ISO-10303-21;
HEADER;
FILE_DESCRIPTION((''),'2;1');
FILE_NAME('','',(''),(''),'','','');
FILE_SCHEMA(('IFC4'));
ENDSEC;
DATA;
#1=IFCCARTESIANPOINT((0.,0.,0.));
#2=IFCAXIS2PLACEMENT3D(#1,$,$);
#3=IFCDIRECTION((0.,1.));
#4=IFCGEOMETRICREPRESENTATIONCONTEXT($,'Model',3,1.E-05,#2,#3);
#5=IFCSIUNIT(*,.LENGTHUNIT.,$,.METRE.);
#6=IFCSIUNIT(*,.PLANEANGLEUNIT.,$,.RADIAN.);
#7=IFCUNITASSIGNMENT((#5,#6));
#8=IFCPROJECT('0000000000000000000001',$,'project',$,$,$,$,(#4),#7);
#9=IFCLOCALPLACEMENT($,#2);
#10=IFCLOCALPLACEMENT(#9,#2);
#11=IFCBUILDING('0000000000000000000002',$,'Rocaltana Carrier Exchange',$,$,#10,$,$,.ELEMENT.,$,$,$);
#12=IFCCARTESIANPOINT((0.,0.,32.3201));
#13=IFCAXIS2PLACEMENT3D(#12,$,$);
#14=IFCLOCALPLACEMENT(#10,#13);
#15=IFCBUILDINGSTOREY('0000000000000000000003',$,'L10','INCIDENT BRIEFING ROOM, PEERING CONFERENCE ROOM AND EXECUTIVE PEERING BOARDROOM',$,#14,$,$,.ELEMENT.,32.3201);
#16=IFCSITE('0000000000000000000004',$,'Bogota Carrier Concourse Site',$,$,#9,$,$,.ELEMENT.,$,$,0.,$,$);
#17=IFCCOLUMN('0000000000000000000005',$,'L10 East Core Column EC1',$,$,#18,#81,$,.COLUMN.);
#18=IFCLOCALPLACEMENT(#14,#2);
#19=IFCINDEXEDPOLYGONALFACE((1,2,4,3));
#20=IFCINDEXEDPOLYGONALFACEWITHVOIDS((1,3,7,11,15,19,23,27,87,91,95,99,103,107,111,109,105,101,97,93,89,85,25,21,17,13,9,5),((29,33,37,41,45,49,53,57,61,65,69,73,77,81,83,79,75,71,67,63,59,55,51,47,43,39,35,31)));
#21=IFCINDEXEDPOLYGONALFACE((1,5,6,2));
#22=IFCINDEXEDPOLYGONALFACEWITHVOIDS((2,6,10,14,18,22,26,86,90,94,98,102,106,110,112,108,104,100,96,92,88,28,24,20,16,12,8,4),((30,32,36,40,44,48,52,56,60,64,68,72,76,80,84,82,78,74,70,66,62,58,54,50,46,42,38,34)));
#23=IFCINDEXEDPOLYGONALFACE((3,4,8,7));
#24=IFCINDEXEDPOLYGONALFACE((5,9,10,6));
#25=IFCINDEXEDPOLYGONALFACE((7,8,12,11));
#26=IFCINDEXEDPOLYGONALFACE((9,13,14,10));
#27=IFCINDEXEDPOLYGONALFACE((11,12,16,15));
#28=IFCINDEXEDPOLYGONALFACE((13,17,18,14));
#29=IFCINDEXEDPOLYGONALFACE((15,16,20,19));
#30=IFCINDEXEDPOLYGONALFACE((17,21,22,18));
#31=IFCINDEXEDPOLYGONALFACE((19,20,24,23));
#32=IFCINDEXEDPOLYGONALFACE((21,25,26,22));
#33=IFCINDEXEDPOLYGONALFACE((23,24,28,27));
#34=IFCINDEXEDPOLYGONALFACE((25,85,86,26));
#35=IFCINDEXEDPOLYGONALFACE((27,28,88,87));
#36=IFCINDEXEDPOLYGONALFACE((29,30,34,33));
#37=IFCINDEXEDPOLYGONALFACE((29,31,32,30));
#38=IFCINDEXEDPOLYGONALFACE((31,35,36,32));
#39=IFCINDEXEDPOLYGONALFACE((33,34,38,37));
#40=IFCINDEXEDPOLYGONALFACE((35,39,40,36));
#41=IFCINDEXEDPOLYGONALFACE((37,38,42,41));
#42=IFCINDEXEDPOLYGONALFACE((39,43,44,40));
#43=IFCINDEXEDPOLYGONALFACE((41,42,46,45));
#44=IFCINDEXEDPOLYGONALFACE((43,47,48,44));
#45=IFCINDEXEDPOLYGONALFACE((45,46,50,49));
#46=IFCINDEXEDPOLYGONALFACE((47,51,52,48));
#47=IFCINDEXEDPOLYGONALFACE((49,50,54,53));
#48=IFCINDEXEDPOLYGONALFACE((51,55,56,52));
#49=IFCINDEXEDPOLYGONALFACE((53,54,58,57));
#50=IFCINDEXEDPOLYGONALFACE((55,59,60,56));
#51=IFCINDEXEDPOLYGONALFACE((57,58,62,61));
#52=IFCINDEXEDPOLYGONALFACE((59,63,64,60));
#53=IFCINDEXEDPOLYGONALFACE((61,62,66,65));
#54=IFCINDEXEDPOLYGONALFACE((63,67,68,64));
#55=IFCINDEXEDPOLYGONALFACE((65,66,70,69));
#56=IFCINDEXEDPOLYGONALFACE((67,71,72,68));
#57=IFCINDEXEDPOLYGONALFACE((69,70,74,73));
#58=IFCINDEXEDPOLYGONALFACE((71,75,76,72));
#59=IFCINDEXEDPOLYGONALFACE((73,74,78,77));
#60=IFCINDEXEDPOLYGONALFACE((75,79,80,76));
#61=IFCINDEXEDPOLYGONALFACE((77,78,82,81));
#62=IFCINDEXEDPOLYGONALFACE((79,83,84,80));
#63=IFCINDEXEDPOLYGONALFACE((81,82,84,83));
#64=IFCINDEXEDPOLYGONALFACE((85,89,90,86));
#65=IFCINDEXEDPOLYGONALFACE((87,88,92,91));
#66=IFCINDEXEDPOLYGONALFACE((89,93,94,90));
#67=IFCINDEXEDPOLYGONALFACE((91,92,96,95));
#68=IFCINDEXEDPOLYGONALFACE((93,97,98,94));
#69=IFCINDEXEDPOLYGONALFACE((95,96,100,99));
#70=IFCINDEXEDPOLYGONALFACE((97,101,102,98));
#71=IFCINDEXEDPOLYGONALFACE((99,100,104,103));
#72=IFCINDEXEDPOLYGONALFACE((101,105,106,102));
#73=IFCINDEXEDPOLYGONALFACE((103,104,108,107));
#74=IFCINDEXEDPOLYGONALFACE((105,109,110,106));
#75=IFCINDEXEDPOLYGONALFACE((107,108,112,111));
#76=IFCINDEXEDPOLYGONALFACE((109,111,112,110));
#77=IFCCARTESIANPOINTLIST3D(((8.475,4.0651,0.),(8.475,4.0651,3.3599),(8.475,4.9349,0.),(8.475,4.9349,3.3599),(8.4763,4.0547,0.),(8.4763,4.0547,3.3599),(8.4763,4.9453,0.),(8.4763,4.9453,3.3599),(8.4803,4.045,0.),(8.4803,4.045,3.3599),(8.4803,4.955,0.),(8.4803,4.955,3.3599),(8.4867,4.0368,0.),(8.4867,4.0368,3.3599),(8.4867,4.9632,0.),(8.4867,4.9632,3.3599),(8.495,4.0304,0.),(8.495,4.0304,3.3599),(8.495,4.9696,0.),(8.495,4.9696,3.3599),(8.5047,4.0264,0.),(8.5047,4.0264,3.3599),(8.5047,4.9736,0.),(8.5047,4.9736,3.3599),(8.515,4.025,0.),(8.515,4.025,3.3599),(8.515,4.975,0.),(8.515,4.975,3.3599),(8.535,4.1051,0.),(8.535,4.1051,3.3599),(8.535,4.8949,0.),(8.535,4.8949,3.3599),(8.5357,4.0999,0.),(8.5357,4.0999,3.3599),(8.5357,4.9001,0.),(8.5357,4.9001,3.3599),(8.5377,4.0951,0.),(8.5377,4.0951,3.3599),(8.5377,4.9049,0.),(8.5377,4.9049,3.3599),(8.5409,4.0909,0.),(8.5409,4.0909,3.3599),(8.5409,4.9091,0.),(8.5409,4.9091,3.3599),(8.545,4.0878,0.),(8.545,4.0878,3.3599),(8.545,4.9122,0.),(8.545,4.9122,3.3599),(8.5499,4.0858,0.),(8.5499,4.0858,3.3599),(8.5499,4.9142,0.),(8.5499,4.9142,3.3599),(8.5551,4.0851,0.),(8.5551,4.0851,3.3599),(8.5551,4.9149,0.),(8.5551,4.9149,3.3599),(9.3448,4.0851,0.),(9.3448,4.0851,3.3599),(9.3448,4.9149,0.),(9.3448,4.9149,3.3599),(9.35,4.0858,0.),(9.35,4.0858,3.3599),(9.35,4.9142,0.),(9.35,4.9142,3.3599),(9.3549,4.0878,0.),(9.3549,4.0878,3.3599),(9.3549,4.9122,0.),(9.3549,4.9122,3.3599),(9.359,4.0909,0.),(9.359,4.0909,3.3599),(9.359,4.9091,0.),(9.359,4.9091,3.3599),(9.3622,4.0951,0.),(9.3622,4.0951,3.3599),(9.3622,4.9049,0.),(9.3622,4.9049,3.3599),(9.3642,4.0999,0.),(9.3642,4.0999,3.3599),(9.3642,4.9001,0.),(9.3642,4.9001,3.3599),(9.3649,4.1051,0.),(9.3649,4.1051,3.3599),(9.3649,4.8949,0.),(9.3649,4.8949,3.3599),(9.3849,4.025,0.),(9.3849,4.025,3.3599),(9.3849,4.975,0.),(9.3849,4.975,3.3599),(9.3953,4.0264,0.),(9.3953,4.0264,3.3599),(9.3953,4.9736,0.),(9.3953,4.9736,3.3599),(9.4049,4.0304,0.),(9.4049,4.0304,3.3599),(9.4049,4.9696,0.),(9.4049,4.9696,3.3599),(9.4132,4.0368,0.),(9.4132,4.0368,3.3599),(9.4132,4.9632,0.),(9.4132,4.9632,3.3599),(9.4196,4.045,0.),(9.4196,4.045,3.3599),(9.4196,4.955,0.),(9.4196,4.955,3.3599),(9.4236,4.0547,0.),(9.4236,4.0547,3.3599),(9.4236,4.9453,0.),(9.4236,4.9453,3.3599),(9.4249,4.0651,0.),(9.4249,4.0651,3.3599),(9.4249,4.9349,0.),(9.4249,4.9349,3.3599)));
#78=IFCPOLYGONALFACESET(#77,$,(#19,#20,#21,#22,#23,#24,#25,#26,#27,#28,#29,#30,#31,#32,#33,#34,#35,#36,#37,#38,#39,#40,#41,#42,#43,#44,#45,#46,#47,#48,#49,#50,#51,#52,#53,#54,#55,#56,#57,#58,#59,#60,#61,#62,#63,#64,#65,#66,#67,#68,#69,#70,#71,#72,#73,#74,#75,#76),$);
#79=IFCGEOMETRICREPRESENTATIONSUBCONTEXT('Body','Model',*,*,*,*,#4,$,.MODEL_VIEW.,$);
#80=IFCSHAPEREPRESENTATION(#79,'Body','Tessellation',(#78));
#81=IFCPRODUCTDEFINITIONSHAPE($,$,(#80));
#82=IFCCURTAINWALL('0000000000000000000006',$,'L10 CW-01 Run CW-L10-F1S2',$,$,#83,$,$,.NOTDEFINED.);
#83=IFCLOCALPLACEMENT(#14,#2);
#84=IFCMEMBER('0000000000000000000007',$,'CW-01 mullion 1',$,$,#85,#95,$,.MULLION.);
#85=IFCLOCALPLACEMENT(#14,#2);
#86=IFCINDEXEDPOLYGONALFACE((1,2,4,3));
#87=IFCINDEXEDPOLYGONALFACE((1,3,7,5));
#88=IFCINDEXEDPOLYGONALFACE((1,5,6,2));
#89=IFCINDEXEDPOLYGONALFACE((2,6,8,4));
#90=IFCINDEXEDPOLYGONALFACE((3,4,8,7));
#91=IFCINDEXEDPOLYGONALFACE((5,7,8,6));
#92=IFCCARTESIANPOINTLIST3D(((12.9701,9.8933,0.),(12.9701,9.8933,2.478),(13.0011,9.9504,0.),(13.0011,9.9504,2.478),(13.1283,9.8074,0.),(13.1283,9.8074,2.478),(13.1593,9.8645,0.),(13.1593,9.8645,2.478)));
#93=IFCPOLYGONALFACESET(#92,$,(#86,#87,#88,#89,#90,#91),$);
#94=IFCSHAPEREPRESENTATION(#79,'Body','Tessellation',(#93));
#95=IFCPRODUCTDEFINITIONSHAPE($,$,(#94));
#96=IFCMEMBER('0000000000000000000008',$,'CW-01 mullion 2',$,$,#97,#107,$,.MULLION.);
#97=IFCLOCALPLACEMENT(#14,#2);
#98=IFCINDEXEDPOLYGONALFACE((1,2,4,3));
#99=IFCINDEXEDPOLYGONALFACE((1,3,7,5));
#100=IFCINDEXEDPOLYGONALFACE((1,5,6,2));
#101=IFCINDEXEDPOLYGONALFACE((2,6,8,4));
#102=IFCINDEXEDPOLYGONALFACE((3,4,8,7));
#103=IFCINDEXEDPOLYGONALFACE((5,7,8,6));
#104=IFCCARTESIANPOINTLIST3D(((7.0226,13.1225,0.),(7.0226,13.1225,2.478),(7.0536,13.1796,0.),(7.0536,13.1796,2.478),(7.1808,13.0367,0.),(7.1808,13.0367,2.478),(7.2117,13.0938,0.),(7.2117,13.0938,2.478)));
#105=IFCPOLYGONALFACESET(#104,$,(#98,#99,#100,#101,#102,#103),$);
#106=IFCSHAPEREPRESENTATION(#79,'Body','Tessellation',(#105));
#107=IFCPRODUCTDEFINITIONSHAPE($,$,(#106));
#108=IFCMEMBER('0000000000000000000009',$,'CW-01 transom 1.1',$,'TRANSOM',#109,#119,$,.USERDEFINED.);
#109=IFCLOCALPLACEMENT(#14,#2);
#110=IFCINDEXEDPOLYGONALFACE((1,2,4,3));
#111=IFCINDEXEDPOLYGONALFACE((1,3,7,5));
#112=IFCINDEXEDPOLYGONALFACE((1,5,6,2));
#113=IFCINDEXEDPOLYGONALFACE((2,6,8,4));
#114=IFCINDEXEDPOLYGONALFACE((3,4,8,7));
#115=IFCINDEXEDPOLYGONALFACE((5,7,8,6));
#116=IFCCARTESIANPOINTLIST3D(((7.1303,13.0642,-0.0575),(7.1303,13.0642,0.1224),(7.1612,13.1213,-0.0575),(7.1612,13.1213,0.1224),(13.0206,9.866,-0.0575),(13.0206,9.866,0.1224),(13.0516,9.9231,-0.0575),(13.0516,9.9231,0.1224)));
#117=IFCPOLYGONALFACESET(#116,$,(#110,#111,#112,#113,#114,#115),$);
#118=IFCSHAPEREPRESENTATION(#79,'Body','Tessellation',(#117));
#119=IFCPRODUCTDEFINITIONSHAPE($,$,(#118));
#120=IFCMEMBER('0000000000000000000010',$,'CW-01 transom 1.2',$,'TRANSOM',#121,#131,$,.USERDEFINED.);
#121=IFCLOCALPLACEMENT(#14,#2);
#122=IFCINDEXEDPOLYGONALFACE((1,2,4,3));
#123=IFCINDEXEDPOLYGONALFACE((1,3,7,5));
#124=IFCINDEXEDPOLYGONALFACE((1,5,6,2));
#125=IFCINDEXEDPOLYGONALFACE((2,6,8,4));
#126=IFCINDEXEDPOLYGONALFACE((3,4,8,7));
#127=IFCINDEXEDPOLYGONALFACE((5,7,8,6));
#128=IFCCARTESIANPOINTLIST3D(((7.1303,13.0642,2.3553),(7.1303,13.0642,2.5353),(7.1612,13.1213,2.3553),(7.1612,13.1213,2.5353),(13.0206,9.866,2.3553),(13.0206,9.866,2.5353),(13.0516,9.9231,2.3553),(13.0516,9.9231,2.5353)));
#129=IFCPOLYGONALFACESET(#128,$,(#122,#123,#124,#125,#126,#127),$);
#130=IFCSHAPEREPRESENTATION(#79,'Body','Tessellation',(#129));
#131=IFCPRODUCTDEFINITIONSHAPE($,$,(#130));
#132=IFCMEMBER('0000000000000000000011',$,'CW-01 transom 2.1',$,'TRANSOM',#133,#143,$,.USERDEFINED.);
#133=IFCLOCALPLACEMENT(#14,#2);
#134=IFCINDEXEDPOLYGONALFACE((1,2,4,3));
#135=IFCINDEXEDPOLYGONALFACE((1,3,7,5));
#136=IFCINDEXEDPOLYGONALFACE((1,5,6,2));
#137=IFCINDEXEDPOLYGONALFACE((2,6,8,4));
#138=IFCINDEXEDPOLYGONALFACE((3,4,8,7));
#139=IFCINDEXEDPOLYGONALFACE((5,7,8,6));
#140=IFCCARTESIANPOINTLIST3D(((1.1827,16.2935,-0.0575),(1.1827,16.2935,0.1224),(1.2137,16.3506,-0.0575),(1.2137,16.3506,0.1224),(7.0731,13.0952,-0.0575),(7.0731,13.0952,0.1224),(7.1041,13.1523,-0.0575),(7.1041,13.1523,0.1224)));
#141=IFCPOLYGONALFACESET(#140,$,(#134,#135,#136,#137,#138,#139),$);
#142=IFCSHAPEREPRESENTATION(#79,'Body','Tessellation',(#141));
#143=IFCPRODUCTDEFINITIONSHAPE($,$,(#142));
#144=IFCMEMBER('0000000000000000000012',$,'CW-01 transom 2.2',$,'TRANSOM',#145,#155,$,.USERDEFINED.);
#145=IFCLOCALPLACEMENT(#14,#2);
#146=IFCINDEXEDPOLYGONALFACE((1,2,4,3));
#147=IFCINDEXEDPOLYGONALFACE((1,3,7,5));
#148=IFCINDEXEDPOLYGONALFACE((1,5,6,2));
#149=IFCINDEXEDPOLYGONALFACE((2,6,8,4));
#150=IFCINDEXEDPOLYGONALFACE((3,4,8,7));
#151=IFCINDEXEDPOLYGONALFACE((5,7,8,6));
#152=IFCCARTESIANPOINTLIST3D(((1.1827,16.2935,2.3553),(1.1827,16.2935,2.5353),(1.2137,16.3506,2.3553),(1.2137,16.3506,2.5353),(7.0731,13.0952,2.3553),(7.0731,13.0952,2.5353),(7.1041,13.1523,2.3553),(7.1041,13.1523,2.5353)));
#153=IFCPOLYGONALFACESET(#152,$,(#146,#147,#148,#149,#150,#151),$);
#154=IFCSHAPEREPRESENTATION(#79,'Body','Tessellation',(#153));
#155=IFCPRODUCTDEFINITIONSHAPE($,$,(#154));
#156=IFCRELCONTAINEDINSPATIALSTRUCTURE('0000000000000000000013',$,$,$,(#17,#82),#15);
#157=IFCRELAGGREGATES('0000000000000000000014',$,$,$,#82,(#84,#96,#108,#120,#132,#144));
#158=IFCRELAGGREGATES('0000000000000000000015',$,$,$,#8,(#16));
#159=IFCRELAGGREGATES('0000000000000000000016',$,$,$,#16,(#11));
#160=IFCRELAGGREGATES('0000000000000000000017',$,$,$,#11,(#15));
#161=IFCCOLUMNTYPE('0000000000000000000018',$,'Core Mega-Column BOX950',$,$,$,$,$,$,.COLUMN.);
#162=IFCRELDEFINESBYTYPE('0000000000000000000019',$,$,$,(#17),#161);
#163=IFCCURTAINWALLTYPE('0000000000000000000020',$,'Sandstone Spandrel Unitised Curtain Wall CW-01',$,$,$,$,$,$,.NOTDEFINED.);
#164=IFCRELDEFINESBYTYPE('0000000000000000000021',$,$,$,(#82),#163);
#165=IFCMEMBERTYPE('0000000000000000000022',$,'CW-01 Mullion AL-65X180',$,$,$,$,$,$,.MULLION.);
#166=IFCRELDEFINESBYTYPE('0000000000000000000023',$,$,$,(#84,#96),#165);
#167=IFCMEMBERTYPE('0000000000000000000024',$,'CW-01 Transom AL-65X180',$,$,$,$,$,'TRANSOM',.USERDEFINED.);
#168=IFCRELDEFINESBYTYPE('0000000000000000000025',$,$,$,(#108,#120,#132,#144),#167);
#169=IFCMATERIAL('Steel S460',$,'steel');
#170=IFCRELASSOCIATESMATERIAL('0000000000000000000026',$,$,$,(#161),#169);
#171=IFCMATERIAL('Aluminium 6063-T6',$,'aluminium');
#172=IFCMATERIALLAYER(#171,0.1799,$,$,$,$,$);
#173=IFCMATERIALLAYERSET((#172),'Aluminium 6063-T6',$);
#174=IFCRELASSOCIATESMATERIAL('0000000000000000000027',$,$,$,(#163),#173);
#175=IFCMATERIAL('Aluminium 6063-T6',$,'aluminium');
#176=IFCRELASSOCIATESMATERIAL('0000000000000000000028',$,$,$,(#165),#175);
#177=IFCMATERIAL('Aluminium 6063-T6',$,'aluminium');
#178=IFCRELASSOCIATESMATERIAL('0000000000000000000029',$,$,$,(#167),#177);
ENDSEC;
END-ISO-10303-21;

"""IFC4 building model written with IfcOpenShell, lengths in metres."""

from ifc_helpers import new_model, si_unit, direction, frame, origin, origin_2d, place, context, subcontext, project, spatial, rectangle, hollow_rectangle, extrude, material, layer, layer_set, material_profile, profile_set, type_object, element, aggregate, save


model = new_model("IFC4")

# Units and contexts
model_context = context("Model", 3, precision=1e-05, world=origin(), true_north=direction((0.0, 1.0)))
body_context = subcontext(model_context, "Body", "Model", "MODEL_VIEW")
ifc_project = project(units=[si_unit("LENGTHUNIT", "METRE"), si_unit("PLANEANGLEUNIT", "RADIAN")], contexts=[model_context])

# Site, building, storey
site_placement = place(None, origin())
site = spatial("IfcSite", under=ifc_project, at=site_placement, Name="Bogota Carrier Concourse Site", CompositionType="ELEMENT", RefElevation=0.0)
building_placement = place(site_placement, origin())
building = spatial("IfcBuilding", under=site, at=building_placement, Name="Rocaltana Carrier Exchange", CompositionType="ELEMENT")
storey_placement = place(building_placement, frame((0.0, 0.0, 32.3201)))
storey = spatial("IfcBuildingStorey", under=building, at=storey_placement, Name="L10", Description="INCIDENT BRIEFING ROOM, PEERING CONFERENCE ROOM AND EXECUTIVE PEERING BOARDROOM", CompositionType="ELEMENT", Elevation=32.3201)

# Column
ifc_material_1 = material(Name="Steel S460", Category="steel")
ifc_material_profile_1 = material_profile(ifc_material_1, hollow_rectangle(XDim=0.95, YDim=0.95, WallThickness=0.0601, InnerFilletRadius=0.02, OuterFilletRadius=0.04, at=origin_2d()), Name="BOX950X950X60")
ifc_profile_set_1 = profile_set([ifc_material_profile_1], Name="Steel S460")
column_type = type_object("IfcColumnType", Name="Core Mega-Column BOX950", PredefinedType="COLUMN", material=ifc_profile_set_1)
column_placement = place(storey_placement, frame((8.95, 4.5, 0.0), z_axis=(0.0, 0.0, 1.0), x_axis=(1.0, 0.0, 0.0)))
element("IfcColumn", 1, at=column_placement, inside=storey, type_object=column_type, Name="L10 East Core Column EC1", PredefinedType="COLUMN", context=body_context, shape_type="SweptSolid", body=[
    extrude(hollow_rectangle(XDim=0.95, YDim=0.95, WallThickness=0.0601, InnerFilletRadius=0.02, OuterFilletRadius=0.04, at=origin_2d()), origin(), (0.0, 0.0, 1.0), 3.3599),
])

# Curtain wall, members
ifc_material_2 = material(Name="Aluminium 6063-T6", Category="aluminium")
ifc_layer_1 = layer(ifc_material_2, 0.1799)
ifc_layer_set_1 = layer_set([ifc_layer_1], Name="Aluminium 6063-T6")
curtain_wall_type = type_object("IfcCurtainWallType", Name="Sandstone Spandrel Unitised Curtain Wall CW-01", PredefinedType="NOTDEFINED", material=ifc_layer_set_1)
curtain_wall_placement = place(storey_placement, origin())
curtain_wall = element("IfcCurtainWall", 2, at=curtain_wall_placement, inside=storey, type_object=curtain_wall_type, Name="L10 CW-01 Run CW-L10-F1S2", PredefinedType="NOTDEFINED")
ifc_material_3 = material(Name="Aluminium 6063-T6", Category="aluminium")
ifc_material_profile_2 = material_profile(ifc_material_3, rectangle(XDim=0.0649, YDim=0.1799, at=origin_2d()), Name="AL-65X180")
ifc_profile_set_2 = profile_set([ifc_material_profile_2], Name="Aluminium 6063-T6")
member_type_1 = type_object("IfcMemberType", Name="CW-01 Mullion AL-65X180", PredefinedType="MULLION", material=ifc_profile_set_2)
member_1_placement = place(storey_placement, frame((13.0647, 9.8789, 0.0), z_axis=(0.0, 0.0, 1.0), x_axis=(-0.477164, -0.878814, 0.0)))
member_1 = element("IfcMember", 3, at=member_1_placement, type_object=member_type_1, Name="CW-01 mullion 1", PredefinedType="MULLION", context=body_context, shape_type="SweptSolid", body=[
    extrude(rectangle(XDim=0.0649, YDim=0.1799, at=origin_2d()), origin(), (0.0, 0.0, 1.0), 2.478),
])
member_2_placement = place(storey_placement, frame((7.1172, 13.1082, 0.0), z_axis=(0.0, 0.0, 1.0), x_axis=(-0.477164, -0.878814, 0.0)))
member_2 = element("IfcMember", 4, at=member_2_placement, type_object=member_type_1, Name="CW-01 mullion 2", PredefinedType="MULLION", context=body_context, shape_type="SweptSolid", body=[
    extrude(rectangle(XDim=0.0649, YDim=0.1799, at=origin_2d()), origin(), (0.0, 0.0, 1.0), 2.478),
])
ifc_material_4 = material(Name="Aluminium 6063-T6", Category="aluminium")
ifc_material_profile_3 = material_profile(ifc_material_4, rectangle(XDim=0.0649, YDim=0.1799, at=origin_2d()), Name="AL-65X180")
ifc_profile_set_3 = profile_set([ifc_material_profile_3], Name="Aluminium 6063-T6")
member_type_2 = type_object("IfcMemberType", Name="CW-01 Transom AL-65X180", ElementType="TRANSOM", PredefinedType="USERDEFINED", material=ifc_profile_set_3)
member_3_placement = place(storey_placement, frame((13.0361, 9.8945, 0.0325), z_axis=(-0.878815, 0.477162, 0.0), x_axis=(-0.477162, -0.878815, 0.0)))
member_3 = element("IfcMember", 5, at=member_3_placement, type_object=member_type_2, Name="CW-01 transom 1.1", ObjectType="TRANSOM", PredefinedType="USERDEFINED", context=body_context, shape_type="SweptSolid", body=[
    extrude(rectangle(XDim=0.0649, YDim=0.1799, at=origin_2d()), origin(), (0.0, 0.0, 1.0), 6.7026),
])
member_4_placement = place(storey_placement, frame((13.0361, 9.8945, 2.4453), z_axis=(-0.878815, 0.477162, 0.0), x_axis=(-0.477162, -0.878815, 0.0)))
member_4 = element("IfcMember", 6, at=member_4_placement, type_object=member_type_2, Name="CW-01 transom 1.2", ObjectType="TRANSOM", PredefinedType="USERDEFINED", context=body_context, shape_type="SweptSolid", body=[
    extrude(rectangle(XDim=0.0649, YDim=0.1799, at=origin_2d()), origin(), (0.0, 0.0, 1.0), 6.7026),
])
member_5_placement = place(storey_placement, frame((7.0886, 13.1238, 0.0325), z_axis=(-0.878815, 0.477162, 0.0), x_axis=(-0.477162, -0.878815, 0.0)))
member_5 = element("IfcMember", 7, at=member_5_placement, type_object=member_type_2, Name="CW-01 transom 2.1", ObjectType="TRANSOM", PredefinedType="USERDEFINED", context=body_context, shape_type="SweptSolid", body=[
    extrude(rectangle(XDim=0.0649, YDim=0.1799, at=origin_2d()), origin(), (0.0, 0.0, 1.0), 6.7026),
])
member_6_placement = place(storey_placement, frame((7.0886, 13.1238, 2.4453), z_axis=(-0.878815, 0.477162, 0.0), x_axis=(-0.477162, -0.878815, 0.0)))
member_6 = element("IfcMember", 8, at=member_6_placement, type_object=member_type_2, Name="CW-01 transom 2.2", ObjectType="TRANSOM", PredefinedType="USERDEFINED", context=body_context, shape_type="SweptSolid", body=[
    extrude(rectangle(XDim=0.0649, YDim=0.1799, at=origin_2d()), origin(), (0.0, 0.0, 1.0), 6.7026),
])

aggregate(curtain_wall, [member_1, member_2, member_3, member_4, member_5, member_6])

save(model, "model.ifc")
